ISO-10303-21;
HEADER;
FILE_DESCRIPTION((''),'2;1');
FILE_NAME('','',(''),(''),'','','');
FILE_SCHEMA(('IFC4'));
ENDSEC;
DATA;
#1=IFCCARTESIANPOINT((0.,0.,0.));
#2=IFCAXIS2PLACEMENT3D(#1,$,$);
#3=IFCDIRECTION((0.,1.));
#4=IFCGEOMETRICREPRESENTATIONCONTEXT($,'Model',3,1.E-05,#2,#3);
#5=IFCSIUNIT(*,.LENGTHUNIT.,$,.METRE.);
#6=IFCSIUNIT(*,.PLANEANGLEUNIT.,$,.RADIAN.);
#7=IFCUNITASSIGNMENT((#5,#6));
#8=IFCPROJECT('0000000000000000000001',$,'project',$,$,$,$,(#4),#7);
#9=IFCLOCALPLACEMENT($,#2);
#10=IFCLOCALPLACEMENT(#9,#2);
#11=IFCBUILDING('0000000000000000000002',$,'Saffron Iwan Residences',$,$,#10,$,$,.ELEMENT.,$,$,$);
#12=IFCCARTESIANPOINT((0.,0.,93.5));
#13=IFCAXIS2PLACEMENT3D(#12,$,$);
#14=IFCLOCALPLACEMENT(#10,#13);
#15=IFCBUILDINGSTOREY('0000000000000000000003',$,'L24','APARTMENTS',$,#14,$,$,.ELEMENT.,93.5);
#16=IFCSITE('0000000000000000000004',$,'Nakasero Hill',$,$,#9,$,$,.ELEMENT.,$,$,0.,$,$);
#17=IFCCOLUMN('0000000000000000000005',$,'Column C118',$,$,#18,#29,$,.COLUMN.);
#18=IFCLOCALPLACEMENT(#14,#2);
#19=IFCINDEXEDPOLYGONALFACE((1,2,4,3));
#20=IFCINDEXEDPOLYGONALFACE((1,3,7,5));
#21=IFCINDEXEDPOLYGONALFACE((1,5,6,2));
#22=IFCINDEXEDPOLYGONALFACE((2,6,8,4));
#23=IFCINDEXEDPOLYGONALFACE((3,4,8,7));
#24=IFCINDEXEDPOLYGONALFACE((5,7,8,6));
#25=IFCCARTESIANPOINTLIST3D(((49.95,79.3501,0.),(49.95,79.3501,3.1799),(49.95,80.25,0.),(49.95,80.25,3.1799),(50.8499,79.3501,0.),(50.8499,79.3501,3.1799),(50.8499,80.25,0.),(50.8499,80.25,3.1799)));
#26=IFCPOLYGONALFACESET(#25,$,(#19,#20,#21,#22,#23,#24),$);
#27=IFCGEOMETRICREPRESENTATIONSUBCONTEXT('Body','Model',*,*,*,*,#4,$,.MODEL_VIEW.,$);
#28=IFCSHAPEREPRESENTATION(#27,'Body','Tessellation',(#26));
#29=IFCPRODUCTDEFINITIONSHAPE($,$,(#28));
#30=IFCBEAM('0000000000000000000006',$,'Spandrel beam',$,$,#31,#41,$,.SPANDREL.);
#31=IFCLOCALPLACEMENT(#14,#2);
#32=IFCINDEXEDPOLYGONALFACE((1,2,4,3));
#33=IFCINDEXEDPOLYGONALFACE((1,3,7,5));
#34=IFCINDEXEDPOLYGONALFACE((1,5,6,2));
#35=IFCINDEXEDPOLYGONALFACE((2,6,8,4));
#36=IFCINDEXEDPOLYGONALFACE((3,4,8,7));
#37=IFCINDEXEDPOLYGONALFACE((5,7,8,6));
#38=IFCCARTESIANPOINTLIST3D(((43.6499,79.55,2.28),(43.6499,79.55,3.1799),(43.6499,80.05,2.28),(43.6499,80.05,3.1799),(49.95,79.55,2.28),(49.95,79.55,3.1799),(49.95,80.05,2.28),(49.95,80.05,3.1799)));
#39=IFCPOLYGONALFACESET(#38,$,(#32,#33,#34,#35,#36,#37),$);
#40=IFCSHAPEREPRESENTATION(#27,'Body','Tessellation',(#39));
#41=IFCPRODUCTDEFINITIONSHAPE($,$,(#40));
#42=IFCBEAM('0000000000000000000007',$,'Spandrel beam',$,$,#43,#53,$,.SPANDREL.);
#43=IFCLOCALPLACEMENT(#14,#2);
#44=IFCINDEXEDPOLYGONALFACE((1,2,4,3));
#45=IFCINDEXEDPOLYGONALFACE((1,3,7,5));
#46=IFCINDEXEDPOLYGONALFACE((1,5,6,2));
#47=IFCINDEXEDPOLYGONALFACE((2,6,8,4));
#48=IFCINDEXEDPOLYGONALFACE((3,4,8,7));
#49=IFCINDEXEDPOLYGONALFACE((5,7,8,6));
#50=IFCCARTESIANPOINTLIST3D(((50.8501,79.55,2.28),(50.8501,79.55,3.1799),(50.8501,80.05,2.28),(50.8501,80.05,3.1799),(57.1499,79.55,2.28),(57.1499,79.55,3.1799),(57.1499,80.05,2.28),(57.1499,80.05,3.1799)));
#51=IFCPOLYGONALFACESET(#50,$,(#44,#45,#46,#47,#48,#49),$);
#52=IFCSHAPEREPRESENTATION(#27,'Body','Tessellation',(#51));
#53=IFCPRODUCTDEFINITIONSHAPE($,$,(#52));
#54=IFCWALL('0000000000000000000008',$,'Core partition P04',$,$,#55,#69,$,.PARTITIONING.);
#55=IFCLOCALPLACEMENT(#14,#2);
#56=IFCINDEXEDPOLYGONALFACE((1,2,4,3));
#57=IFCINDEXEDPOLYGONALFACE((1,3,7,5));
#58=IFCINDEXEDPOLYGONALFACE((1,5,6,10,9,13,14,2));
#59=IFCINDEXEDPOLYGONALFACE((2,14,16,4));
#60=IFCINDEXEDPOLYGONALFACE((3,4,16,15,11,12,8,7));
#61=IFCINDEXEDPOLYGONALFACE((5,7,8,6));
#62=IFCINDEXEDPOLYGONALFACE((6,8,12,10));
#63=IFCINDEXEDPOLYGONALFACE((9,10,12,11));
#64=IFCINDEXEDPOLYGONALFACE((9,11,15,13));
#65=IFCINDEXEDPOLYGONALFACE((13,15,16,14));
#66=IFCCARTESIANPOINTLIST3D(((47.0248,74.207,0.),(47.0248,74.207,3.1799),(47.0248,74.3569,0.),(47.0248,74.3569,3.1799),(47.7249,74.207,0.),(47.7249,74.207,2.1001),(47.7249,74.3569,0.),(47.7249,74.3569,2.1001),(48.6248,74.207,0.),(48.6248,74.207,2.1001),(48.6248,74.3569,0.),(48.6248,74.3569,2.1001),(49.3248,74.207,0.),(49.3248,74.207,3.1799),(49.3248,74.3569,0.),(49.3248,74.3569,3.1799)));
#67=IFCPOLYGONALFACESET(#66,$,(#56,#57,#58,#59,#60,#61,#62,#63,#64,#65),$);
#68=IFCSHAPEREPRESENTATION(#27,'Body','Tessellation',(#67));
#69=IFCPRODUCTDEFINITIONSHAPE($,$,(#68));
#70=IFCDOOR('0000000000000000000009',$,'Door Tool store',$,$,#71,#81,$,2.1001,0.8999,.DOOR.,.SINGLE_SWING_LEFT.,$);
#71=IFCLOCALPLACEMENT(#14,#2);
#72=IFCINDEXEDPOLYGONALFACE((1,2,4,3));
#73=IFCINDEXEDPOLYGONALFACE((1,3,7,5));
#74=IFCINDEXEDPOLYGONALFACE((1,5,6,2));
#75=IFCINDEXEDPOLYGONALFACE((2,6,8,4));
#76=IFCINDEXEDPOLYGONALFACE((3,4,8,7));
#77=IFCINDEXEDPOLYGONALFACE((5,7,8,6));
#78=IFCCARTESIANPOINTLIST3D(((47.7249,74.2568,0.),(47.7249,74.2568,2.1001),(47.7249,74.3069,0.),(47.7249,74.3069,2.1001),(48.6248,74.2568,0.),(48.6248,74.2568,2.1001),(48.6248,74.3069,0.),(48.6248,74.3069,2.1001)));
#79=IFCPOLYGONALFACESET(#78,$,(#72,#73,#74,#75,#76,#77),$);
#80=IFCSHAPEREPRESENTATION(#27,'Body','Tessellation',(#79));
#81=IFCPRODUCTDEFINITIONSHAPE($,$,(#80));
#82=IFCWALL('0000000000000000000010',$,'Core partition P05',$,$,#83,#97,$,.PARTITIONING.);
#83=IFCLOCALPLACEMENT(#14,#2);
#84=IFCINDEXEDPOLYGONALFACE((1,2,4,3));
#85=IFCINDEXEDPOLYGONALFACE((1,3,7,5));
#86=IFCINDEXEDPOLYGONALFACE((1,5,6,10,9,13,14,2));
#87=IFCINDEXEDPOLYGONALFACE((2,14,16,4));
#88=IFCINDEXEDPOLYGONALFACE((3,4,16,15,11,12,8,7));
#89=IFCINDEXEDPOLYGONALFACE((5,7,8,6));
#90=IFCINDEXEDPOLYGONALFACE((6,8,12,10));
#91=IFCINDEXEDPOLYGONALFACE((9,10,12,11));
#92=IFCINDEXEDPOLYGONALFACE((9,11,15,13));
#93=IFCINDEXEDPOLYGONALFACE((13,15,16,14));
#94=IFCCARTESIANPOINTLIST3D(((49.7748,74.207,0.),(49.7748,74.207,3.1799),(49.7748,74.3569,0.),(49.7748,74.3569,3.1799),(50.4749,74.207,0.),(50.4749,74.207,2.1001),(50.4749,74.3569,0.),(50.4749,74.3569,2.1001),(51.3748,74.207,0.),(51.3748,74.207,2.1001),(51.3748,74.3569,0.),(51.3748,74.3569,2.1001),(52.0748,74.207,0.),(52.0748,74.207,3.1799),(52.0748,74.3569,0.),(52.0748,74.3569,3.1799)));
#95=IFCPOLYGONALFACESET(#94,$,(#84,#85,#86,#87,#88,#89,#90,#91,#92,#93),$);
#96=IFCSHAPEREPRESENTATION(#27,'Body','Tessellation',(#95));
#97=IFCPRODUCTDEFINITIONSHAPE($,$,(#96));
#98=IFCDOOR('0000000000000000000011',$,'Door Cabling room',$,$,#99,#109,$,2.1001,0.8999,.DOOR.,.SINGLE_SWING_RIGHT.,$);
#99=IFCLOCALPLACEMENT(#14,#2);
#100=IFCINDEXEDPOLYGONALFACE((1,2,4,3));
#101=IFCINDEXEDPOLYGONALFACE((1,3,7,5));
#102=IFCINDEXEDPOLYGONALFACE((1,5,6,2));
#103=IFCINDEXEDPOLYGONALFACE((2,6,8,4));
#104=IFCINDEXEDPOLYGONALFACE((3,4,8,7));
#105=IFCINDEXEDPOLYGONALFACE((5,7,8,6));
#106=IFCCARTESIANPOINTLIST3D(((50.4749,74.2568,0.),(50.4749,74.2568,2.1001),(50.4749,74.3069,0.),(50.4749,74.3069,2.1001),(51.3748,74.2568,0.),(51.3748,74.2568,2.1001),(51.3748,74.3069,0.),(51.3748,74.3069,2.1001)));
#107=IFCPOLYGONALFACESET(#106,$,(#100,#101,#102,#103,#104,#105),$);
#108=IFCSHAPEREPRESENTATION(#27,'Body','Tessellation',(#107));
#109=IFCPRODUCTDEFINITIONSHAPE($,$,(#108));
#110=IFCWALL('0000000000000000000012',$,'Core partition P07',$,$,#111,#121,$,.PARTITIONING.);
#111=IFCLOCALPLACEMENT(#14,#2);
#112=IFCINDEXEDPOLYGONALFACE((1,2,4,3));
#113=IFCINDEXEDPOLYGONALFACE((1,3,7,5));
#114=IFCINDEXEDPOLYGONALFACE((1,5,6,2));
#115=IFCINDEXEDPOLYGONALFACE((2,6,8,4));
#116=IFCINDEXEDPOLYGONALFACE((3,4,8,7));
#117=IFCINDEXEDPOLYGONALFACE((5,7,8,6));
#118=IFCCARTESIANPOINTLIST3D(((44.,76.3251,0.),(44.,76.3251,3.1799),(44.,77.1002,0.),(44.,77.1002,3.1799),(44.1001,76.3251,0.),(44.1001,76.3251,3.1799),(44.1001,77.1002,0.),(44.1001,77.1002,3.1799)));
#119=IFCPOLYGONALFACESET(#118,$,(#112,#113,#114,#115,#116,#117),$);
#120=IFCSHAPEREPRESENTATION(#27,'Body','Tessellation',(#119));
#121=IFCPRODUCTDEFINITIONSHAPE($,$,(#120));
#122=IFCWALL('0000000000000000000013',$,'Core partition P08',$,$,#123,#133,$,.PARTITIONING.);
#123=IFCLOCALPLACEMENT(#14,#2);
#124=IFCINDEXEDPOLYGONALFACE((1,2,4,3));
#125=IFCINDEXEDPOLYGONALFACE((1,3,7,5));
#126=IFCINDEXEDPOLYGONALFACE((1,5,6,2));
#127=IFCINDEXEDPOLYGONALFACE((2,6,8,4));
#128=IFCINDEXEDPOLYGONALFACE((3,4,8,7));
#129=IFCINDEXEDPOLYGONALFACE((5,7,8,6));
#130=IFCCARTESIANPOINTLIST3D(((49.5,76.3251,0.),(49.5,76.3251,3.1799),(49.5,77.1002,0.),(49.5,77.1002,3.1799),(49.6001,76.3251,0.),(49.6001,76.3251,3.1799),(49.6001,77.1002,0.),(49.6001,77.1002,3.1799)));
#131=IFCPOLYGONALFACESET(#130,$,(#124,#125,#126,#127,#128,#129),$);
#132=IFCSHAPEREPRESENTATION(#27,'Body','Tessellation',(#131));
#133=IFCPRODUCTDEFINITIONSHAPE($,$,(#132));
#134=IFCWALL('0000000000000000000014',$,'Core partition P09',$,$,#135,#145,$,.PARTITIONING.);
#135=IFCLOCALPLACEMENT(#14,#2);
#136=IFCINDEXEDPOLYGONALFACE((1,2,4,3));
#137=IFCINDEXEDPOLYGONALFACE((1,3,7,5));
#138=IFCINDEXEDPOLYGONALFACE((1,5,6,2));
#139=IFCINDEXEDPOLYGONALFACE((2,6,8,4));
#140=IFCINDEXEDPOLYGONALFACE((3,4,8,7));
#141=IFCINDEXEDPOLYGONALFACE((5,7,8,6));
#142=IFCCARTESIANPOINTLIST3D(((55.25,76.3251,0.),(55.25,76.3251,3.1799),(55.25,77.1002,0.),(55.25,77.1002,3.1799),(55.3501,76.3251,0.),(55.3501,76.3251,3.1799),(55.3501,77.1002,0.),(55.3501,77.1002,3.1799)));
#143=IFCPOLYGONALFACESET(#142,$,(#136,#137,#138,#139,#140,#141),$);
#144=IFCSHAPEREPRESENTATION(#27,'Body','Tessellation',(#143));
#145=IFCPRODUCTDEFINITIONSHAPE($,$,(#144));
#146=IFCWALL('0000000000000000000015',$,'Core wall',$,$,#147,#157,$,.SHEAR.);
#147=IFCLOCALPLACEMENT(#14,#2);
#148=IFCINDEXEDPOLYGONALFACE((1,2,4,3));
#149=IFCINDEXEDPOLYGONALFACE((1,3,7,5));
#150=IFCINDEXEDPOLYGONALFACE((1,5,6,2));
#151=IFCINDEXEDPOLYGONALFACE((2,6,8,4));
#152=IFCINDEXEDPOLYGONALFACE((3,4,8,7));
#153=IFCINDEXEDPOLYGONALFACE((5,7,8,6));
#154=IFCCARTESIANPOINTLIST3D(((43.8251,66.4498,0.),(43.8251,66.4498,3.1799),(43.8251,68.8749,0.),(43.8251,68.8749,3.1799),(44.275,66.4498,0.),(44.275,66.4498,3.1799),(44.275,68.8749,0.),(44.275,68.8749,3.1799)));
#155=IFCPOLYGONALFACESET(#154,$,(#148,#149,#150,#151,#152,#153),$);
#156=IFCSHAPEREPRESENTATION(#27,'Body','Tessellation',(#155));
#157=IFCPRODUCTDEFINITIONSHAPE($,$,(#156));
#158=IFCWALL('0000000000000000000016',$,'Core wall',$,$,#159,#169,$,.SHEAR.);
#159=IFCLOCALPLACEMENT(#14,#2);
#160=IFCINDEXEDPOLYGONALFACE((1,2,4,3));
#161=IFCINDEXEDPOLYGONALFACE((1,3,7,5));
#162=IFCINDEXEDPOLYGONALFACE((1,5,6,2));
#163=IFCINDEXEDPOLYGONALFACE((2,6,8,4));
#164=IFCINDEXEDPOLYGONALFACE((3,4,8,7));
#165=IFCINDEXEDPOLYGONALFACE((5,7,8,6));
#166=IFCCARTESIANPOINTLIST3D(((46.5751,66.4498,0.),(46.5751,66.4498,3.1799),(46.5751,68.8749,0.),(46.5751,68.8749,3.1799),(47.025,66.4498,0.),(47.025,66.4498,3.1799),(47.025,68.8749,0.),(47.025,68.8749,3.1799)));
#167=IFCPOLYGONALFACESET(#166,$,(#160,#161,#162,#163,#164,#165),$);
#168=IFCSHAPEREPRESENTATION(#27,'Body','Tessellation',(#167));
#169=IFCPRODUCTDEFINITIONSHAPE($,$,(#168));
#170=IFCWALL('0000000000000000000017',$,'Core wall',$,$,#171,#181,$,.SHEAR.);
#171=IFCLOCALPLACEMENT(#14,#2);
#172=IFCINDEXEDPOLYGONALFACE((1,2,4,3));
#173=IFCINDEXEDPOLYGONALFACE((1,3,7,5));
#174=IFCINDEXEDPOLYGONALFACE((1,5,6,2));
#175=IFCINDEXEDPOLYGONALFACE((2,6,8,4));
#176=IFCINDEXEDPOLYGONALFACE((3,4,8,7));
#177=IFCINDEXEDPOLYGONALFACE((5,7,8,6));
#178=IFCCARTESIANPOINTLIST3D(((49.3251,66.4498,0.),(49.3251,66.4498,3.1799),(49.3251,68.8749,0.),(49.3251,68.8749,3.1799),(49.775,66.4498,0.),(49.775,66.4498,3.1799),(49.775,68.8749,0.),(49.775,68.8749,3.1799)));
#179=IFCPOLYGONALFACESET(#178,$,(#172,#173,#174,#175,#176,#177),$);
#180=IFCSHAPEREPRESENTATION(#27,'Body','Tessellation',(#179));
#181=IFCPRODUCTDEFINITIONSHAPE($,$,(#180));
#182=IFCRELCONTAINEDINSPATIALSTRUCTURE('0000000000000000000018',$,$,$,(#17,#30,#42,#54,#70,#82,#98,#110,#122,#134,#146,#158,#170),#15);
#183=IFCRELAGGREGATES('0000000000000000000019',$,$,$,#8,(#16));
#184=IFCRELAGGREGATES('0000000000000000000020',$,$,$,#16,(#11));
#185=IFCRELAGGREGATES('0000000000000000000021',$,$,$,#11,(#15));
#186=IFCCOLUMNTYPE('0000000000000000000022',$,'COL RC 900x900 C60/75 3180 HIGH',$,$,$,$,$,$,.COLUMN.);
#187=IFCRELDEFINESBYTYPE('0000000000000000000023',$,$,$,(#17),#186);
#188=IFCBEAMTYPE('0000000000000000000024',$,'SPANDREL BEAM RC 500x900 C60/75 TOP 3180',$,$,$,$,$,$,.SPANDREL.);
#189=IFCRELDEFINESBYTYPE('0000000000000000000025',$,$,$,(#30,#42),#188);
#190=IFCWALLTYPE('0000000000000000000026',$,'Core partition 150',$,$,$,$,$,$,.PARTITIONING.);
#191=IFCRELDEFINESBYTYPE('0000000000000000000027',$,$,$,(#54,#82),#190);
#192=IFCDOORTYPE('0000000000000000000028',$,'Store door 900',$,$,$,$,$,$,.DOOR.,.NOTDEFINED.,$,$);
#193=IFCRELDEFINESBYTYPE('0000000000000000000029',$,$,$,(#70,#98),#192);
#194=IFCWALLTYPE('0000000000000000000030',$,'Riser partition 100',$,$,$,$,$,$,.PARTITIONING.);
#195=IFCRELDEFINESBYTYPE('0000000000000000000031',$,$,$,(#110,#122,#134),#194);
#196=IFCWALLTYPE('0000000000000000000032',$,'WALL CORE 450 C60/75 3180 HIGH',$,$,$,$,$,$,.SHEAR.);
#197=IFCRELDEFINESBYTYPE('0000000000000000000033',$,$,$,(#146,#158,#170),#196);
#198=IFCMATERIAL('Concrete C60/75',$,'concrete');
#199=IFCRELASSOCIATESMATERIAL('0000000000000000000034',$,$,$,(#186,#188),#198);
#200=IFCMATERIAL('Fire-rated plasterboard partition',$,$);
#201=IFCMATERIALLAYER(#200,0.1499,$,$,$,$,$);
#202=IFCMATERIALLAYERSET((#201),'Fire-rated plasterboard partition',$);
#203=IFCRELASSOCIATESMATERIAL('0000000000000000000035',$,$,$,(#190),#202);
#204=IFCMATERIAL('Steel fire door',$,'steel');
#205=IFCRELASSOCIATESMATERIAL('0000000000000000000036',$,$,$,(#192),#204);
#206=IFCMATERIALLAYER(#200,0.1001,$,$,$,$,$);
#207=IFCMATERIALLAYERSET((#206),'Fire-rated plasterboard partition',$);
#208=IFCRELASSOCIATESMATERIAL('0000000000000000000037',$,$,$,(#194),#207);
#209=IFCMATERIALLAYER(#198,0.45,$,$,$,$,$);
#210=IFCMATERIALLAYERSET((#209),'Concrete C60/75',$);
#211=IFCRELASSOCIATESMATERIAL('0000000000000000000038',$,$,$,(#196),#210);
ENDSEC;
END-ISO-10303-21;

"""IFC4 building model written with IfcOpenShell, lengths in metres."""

from ifc_helpers import new_model, si_unit, direction, frame, frame_2d, origin, origin_2d, place, context, subcontext, project, spatial, rectangle, extrude, source, transform, mapped, material, layer, layer_set, material_profile, profile_set, type_object, element, fill, save


model = new_model("IFC4")

# Units and contexts
model_context = context("Model", 3, precision=1e-05, world=origin(), true_north=direction((0.0, 1.0)))
body_context = subcontext(model_context, "Body", "Model", "MODEL_VIEW")
ifc_project = project(units=[si_unit("LENGTHUNIT", "METRE"), si_unit("PLANEANGLEUNIT", "RADIAN")], contexts=[model_context])

# Site, building, storey
site_placement = place(None, origin())
site = spatial("IfcSite", under=ifc_project, at=site_placement, Name="Nakasero Hill", CompositionType="ELEMENT", RefElevation=0.0)
building_placement = place(site_placement, origin())
building = spatial("IfcBuilding", under=site, at=building_placement, Name="Saffron Iwan Residences", CompositionType="ELEMENT")
storey_placement = place(building_placement, frame((0.0, 0.0, 93.5)))
storey = spatial("IfcBuildingStorey", under=building, at=storey_placement, Name="L24", Description="APARTMENTS", CompositionType="ELEMENT", Elevation=93.5)

# Column
ifc_material_1 = material(Name="Concrete C60/75", Category="concrete")
ifc_material_profile_1 = material_profile(ifc_material_1, rectangle(XDim=0.8999, YDim=0.8999, at=origin_2d()), Name="RC 900x900")
ifc_profile_set_1 = profile_set([ifc_material_profile_1], Name="Concrete C60/75")
column_type = type_object("IfcColumnType", Name="COL RC 900x900 C60/75 3180 HIGH", PredefinedType="COLUMN", material=ifc_profile_set_1)
shared_shape_1 = source(origin(), body_context, "Body", "SweptSolid", [
    extrude(rectangle(XDim=0.8999, YDim=0.8999, at=origin_2d()), origin(), (0.0, 0.0, 1.0), 3.1799),
])
column_placement = place(storey_placement, frame((50.3999, 79.8, 0.0), z_axis=(0.0, 0.0, 1.0), x_axis=(1.0, 0.0, 0.0)))
element("IfcColumn", 1, at=column_placement, inside=storey, type_object=column_type, Name="Column C118", PredefinedType="COLUMN", context=body_context, shape_type="MappedRepresentation", body=[
    mapped(shared_shape_1, transform((0.0, 0.0, 0.0))),
])

# Beams
ifc_material_profile_2 = material_profile(ifc_material_1, rectangle(XDim=0.5, YDim=0.8999, at=origin_2d()), Name="RC 500x900")
ifc_profile_set_2 = profile_set([ifc_material_profile_2], Name="Concrete C60/75")
beam_type = type_object("IfcBeamType", Name="SPANDREL BEAM RC 500x900 C60/75 TOP 3180", PredefinedType="SPANDREL", material=ifc_profile_set_2)
shared_shape_2 = source(origin(), body_context, "Body", "SweptSolid", [
    extrude(rectangle(XDim=0.5, YDim=0.8999, at=origin_2d()), origin(), (0.0, 0.0, 1.0), 6.3),
])
beam_1_placement = place(storey_placement, frame((43.6499, 79.8, 2.73), z_axis=(1.0, 0.0, 0.0), x_axis=(0.0, 1.0, 0.0)))
element("IfcBeam", 2, at=beam_1_placement, inside=storey, type_object=beam_type, Name="Spandrel beam", PredefinedType="SPANDREL", context=body_context, shape_type="MappedRepresentation", body=[
    mapped(shared_shape_2, transform((0.0, 0.0, 0.0))),
])
shared_shape_3 = source(origin(), body_context, "Body", "SweptSolid", [
    extrude(rectangle(XDim=0.5, YDim=0.8999, at=origin_2d()), origin(), (0.0, 0.0, 1.0), 6.2998),
])
beam_2_placement = place(storey_placement, frame((50.8501, 79.8, 2.73), z_axis=(1.0, 0.0, 0.0), x_axis=(0.0, 1.0, 0.0)))
element("IfcBeam", 3, at=beam_2_placement, inside=storey, type_object=beam_type, Name="Spandrel beam", PredefinedType="SPANDREL", context=body_context, shape_type="MappedRepresentation", body=[
    mapped(shared_shape_3, transform((0.0, 0.0, 0.0))),
])

# Walls, openings, doors
ifc_material_2 = material(Name="Fire-rated plasterboard partition")
ifc_layer_1 = layer(ifc_material_2, 0.1499)
ifc_layer_set_1 = layer_set([ifc_layer_1], Name="Fire-rated plasterboard partition")
wall_type_1 = type_object("IfcWallType", Name="Core partition 150", PredefinedType="PARTITIONING", material=ifc_layer_set_1)
wall_1_placement = place(storey_placement, frame((47.0249, 74.282, 0.0), z_axis=(0.0, 0.0, 1.0), x_axis=(1.0, 0.0, 0.0)))
wall_1 = element("IfcWall", 4, at=wall_1_placement, inside=storey, type_object=wall_type_1, Name="Core partition P04", PredefinedType="PARTITIONING", context=body_context, shape_type="SweptSolid", body=[
    extrude(rectangle(XDim=2.3, YDim=0.1499, at=frame_2d((1.1499, 0.0))), origin(), (0.0, 0.0, 1.0), 3.1799),
])
opening_1_placement = place(wall_1_placement, frame((0.7, 0.0, 0.0)))
opening_1 = element("IfcOpeningElement", 5, at=opening_1_placement, cuts=wall_1, PredefinedType="OPENING", context=body_context, shape_type="SweptSolid", body=[
    extrude(rectangle(XDim=0.8999, YDim=2.1001, at=frame_2d((0.45, 1.05))), frame((0.0, 0.085, 0.0), z_axis=(0.0, -1.0, 0.0), x_axis=(1.0, 0.0, 0.0)), (0.0, 0.0, 1.0), 0.1699),
])
ifc_material_3 = material(Name="Steel fire door", Category="steel")
door_type = type_object("IfcDoorType", Name="Store door 900", OperationType="NOTDEFINED", PredefinedType="DOOR", material=ifc_material_3)
door_1_placement = place(opening_1_placement, origin())
door_1 = element("IfcDoor", 6, at=door_1_placement, inside=storey, type_object=door_type, Name="Door Tool store", OperationType="SINGLE_SWING_LEFT", OverallHeight=2.1001, OverallWidth=0.8999, PredefinedType="DOOR", context=body_context, shape_type="SweptSolid", body=[
    extrude(rectangle(XDim=0.8999, YDim=2.1001, at=frame_2d((0.45, 1.05))), frame((0.0, 0.0249, 0.0), z_axis=(0.0, -1.0, 0.0), x_axis=(1.0, 0.0, 0.0)), (0.0, 0.0, 1.0), 0.05),
])
fill(opening_1, door_1)
wall_2_placement = place(storey_placement, frame((49.7749, 74.282, 0.0), z_axis=(0.0, 0.0, 1.0), x_axis=(1.0, 0.0, 0.0)))
wall_2 = element("IfcWall", 7, at=wall_2_placement, inside=storey, type_object=wall_type_1, Name="Core partition P05", PredefinedType="PARTITIONING", context=body_context, shape_type="SweptSolid", body=[
    extrude(rectangle(XDim=2.3, YDim=0.1499, at=frame_2d((1.1499, 0.0))), origin(), (0.0, 0.0, 1.0), 3.1799),
])
opening_2_placement = place(wall_2_placement, frame((0.7, 0.0, 0.0)))
opening_2 = element("IfcOpeningElement", 8, at=opening_2_placement, cuts=wall_2, PredefinedType="OPENING", context=body_context, shape_type="SweptSolid", body=[
    extrude(rectangle(XDim=0.8999, YDim=2.1001, at=frame_2d((0.45, 1.05))), frame((0.0, 0.085, 0.0), z_axis=(0.0, -1.0, 0.0), x_axis=(1.0, 0.0, 0.0)), (0.0, 0.0, 1.0), 0.1699),
])
door_2_placement = place(opening_2_placement, origin())
door_2 = element("IfcDoor", 9, at=door_2_placement, inside=storey, type_object=door_type, Name="Door Cabling room", OperationType="SINGLE_SWING_RIGHT", OverallHeight=2.1001, OverallWidth=0.8999, PredefinedType="DOOR", context=body_context, shape_type="SweptSolid", body=[
    extrude(rectangle(XDim=0.8999, YDim=2.1001, at=frame_2d((0.45, 1.05))), frame((0.0, 0.0249, 0.0), z_axis=(0.0, -1.0, 0.0), x_axis=(1.0, 0.0, 0.0)), (0.0, 0.0, 1.0), 0.05),
])
fill(opening_2, door_2)

# Walls
ifc_layer_2 = layer(ifc_material_2, 0.1001)
ifc_layer_set_2 = layer_set([ifc_layer_2], Name="Fire-rated plasterboard partition")
wall_type_2 = type_object("IfcWallType", Name="Riser partition 100", PredefinedType="PARTITIONING", material=ifc_layer_set_2)
for number, where, z_axis, x_axis, name in (
    (10, (44.05, 76.325, 0.0), (0.0, 0.0, 1.0), (0.0, 1.0, 0.0), "Core partition P07"),
    (11, (49.55, 76.325, 0.0), (0.0, 0.0, 1.0), (0.0, 1.0, 0.0), "Core partition P08"),
    (12, (55.3, 76.325, 0.0), (0.0, 0.0, 1.0), (0.0, 1.0, 0.0), "Core partition P09"),
):
    element("IfcWall", number, at=place(storey_placement, frame(where, z_axis=z_axis, x_axis=x_axis)), inside=storey, type_object=wall_type_2, Name=name, PredefinedType="PARTITIONING", context=body_context, shape_type="SweptSolid", body=[
        extrude(rectangle(XDim=0.7751, YDim=0.1001, at=frame_2d((0.3877, 0.0))), origin(), (0.0, 0.0, 1.0), 3.1799),
    ])
ifc_layer_3 = layer(ifc_material_1, 0.45)
ifc_layer_set_3 = layer_set([ifc_layer_3], Name="Concrete C60/75")
wall_type_3 = type_object("IfcWallType", Name="WALL CORE 450 C60/75 3180 HIGH", PredefinedType="SHEAR", material=ifc_layer_set_3)
for number, where, z_axis, x_axis, name in (
    (13, (44.05, 66.45, 0.0), (0.0, 0.0, 1.0), (0.0, 1.0, 0.0), "Core wall"),
    (14, (46.8, 66.45, 0.0), (0.0, 0.0, 1.0), (0.0, 1.0, 0.0), "Core wall"),
    (15, (49.55, 66.45, 0.0), (0.0, 0.0, 1.0), (0.0, 1.0, 0.0), "Core wall"),
):
    element("IfcWall", number, at=place(storey_placement, frame(where, z_axis=z_axis, x_axis=x_axis)), inside=storey, type_object=wall_type_3, Name=name, PredefinedType="SHEAR", context=body_context, shape_type="SweptSolid", body=[
        extrude(rectangle(XDim=2.425, YDim=0.45, at=frame_2d((1.2124, 0.0))), origin(), (0.0, 0.0, 1.0), 3.1799),
    ])

save(model, "model.ifc")
